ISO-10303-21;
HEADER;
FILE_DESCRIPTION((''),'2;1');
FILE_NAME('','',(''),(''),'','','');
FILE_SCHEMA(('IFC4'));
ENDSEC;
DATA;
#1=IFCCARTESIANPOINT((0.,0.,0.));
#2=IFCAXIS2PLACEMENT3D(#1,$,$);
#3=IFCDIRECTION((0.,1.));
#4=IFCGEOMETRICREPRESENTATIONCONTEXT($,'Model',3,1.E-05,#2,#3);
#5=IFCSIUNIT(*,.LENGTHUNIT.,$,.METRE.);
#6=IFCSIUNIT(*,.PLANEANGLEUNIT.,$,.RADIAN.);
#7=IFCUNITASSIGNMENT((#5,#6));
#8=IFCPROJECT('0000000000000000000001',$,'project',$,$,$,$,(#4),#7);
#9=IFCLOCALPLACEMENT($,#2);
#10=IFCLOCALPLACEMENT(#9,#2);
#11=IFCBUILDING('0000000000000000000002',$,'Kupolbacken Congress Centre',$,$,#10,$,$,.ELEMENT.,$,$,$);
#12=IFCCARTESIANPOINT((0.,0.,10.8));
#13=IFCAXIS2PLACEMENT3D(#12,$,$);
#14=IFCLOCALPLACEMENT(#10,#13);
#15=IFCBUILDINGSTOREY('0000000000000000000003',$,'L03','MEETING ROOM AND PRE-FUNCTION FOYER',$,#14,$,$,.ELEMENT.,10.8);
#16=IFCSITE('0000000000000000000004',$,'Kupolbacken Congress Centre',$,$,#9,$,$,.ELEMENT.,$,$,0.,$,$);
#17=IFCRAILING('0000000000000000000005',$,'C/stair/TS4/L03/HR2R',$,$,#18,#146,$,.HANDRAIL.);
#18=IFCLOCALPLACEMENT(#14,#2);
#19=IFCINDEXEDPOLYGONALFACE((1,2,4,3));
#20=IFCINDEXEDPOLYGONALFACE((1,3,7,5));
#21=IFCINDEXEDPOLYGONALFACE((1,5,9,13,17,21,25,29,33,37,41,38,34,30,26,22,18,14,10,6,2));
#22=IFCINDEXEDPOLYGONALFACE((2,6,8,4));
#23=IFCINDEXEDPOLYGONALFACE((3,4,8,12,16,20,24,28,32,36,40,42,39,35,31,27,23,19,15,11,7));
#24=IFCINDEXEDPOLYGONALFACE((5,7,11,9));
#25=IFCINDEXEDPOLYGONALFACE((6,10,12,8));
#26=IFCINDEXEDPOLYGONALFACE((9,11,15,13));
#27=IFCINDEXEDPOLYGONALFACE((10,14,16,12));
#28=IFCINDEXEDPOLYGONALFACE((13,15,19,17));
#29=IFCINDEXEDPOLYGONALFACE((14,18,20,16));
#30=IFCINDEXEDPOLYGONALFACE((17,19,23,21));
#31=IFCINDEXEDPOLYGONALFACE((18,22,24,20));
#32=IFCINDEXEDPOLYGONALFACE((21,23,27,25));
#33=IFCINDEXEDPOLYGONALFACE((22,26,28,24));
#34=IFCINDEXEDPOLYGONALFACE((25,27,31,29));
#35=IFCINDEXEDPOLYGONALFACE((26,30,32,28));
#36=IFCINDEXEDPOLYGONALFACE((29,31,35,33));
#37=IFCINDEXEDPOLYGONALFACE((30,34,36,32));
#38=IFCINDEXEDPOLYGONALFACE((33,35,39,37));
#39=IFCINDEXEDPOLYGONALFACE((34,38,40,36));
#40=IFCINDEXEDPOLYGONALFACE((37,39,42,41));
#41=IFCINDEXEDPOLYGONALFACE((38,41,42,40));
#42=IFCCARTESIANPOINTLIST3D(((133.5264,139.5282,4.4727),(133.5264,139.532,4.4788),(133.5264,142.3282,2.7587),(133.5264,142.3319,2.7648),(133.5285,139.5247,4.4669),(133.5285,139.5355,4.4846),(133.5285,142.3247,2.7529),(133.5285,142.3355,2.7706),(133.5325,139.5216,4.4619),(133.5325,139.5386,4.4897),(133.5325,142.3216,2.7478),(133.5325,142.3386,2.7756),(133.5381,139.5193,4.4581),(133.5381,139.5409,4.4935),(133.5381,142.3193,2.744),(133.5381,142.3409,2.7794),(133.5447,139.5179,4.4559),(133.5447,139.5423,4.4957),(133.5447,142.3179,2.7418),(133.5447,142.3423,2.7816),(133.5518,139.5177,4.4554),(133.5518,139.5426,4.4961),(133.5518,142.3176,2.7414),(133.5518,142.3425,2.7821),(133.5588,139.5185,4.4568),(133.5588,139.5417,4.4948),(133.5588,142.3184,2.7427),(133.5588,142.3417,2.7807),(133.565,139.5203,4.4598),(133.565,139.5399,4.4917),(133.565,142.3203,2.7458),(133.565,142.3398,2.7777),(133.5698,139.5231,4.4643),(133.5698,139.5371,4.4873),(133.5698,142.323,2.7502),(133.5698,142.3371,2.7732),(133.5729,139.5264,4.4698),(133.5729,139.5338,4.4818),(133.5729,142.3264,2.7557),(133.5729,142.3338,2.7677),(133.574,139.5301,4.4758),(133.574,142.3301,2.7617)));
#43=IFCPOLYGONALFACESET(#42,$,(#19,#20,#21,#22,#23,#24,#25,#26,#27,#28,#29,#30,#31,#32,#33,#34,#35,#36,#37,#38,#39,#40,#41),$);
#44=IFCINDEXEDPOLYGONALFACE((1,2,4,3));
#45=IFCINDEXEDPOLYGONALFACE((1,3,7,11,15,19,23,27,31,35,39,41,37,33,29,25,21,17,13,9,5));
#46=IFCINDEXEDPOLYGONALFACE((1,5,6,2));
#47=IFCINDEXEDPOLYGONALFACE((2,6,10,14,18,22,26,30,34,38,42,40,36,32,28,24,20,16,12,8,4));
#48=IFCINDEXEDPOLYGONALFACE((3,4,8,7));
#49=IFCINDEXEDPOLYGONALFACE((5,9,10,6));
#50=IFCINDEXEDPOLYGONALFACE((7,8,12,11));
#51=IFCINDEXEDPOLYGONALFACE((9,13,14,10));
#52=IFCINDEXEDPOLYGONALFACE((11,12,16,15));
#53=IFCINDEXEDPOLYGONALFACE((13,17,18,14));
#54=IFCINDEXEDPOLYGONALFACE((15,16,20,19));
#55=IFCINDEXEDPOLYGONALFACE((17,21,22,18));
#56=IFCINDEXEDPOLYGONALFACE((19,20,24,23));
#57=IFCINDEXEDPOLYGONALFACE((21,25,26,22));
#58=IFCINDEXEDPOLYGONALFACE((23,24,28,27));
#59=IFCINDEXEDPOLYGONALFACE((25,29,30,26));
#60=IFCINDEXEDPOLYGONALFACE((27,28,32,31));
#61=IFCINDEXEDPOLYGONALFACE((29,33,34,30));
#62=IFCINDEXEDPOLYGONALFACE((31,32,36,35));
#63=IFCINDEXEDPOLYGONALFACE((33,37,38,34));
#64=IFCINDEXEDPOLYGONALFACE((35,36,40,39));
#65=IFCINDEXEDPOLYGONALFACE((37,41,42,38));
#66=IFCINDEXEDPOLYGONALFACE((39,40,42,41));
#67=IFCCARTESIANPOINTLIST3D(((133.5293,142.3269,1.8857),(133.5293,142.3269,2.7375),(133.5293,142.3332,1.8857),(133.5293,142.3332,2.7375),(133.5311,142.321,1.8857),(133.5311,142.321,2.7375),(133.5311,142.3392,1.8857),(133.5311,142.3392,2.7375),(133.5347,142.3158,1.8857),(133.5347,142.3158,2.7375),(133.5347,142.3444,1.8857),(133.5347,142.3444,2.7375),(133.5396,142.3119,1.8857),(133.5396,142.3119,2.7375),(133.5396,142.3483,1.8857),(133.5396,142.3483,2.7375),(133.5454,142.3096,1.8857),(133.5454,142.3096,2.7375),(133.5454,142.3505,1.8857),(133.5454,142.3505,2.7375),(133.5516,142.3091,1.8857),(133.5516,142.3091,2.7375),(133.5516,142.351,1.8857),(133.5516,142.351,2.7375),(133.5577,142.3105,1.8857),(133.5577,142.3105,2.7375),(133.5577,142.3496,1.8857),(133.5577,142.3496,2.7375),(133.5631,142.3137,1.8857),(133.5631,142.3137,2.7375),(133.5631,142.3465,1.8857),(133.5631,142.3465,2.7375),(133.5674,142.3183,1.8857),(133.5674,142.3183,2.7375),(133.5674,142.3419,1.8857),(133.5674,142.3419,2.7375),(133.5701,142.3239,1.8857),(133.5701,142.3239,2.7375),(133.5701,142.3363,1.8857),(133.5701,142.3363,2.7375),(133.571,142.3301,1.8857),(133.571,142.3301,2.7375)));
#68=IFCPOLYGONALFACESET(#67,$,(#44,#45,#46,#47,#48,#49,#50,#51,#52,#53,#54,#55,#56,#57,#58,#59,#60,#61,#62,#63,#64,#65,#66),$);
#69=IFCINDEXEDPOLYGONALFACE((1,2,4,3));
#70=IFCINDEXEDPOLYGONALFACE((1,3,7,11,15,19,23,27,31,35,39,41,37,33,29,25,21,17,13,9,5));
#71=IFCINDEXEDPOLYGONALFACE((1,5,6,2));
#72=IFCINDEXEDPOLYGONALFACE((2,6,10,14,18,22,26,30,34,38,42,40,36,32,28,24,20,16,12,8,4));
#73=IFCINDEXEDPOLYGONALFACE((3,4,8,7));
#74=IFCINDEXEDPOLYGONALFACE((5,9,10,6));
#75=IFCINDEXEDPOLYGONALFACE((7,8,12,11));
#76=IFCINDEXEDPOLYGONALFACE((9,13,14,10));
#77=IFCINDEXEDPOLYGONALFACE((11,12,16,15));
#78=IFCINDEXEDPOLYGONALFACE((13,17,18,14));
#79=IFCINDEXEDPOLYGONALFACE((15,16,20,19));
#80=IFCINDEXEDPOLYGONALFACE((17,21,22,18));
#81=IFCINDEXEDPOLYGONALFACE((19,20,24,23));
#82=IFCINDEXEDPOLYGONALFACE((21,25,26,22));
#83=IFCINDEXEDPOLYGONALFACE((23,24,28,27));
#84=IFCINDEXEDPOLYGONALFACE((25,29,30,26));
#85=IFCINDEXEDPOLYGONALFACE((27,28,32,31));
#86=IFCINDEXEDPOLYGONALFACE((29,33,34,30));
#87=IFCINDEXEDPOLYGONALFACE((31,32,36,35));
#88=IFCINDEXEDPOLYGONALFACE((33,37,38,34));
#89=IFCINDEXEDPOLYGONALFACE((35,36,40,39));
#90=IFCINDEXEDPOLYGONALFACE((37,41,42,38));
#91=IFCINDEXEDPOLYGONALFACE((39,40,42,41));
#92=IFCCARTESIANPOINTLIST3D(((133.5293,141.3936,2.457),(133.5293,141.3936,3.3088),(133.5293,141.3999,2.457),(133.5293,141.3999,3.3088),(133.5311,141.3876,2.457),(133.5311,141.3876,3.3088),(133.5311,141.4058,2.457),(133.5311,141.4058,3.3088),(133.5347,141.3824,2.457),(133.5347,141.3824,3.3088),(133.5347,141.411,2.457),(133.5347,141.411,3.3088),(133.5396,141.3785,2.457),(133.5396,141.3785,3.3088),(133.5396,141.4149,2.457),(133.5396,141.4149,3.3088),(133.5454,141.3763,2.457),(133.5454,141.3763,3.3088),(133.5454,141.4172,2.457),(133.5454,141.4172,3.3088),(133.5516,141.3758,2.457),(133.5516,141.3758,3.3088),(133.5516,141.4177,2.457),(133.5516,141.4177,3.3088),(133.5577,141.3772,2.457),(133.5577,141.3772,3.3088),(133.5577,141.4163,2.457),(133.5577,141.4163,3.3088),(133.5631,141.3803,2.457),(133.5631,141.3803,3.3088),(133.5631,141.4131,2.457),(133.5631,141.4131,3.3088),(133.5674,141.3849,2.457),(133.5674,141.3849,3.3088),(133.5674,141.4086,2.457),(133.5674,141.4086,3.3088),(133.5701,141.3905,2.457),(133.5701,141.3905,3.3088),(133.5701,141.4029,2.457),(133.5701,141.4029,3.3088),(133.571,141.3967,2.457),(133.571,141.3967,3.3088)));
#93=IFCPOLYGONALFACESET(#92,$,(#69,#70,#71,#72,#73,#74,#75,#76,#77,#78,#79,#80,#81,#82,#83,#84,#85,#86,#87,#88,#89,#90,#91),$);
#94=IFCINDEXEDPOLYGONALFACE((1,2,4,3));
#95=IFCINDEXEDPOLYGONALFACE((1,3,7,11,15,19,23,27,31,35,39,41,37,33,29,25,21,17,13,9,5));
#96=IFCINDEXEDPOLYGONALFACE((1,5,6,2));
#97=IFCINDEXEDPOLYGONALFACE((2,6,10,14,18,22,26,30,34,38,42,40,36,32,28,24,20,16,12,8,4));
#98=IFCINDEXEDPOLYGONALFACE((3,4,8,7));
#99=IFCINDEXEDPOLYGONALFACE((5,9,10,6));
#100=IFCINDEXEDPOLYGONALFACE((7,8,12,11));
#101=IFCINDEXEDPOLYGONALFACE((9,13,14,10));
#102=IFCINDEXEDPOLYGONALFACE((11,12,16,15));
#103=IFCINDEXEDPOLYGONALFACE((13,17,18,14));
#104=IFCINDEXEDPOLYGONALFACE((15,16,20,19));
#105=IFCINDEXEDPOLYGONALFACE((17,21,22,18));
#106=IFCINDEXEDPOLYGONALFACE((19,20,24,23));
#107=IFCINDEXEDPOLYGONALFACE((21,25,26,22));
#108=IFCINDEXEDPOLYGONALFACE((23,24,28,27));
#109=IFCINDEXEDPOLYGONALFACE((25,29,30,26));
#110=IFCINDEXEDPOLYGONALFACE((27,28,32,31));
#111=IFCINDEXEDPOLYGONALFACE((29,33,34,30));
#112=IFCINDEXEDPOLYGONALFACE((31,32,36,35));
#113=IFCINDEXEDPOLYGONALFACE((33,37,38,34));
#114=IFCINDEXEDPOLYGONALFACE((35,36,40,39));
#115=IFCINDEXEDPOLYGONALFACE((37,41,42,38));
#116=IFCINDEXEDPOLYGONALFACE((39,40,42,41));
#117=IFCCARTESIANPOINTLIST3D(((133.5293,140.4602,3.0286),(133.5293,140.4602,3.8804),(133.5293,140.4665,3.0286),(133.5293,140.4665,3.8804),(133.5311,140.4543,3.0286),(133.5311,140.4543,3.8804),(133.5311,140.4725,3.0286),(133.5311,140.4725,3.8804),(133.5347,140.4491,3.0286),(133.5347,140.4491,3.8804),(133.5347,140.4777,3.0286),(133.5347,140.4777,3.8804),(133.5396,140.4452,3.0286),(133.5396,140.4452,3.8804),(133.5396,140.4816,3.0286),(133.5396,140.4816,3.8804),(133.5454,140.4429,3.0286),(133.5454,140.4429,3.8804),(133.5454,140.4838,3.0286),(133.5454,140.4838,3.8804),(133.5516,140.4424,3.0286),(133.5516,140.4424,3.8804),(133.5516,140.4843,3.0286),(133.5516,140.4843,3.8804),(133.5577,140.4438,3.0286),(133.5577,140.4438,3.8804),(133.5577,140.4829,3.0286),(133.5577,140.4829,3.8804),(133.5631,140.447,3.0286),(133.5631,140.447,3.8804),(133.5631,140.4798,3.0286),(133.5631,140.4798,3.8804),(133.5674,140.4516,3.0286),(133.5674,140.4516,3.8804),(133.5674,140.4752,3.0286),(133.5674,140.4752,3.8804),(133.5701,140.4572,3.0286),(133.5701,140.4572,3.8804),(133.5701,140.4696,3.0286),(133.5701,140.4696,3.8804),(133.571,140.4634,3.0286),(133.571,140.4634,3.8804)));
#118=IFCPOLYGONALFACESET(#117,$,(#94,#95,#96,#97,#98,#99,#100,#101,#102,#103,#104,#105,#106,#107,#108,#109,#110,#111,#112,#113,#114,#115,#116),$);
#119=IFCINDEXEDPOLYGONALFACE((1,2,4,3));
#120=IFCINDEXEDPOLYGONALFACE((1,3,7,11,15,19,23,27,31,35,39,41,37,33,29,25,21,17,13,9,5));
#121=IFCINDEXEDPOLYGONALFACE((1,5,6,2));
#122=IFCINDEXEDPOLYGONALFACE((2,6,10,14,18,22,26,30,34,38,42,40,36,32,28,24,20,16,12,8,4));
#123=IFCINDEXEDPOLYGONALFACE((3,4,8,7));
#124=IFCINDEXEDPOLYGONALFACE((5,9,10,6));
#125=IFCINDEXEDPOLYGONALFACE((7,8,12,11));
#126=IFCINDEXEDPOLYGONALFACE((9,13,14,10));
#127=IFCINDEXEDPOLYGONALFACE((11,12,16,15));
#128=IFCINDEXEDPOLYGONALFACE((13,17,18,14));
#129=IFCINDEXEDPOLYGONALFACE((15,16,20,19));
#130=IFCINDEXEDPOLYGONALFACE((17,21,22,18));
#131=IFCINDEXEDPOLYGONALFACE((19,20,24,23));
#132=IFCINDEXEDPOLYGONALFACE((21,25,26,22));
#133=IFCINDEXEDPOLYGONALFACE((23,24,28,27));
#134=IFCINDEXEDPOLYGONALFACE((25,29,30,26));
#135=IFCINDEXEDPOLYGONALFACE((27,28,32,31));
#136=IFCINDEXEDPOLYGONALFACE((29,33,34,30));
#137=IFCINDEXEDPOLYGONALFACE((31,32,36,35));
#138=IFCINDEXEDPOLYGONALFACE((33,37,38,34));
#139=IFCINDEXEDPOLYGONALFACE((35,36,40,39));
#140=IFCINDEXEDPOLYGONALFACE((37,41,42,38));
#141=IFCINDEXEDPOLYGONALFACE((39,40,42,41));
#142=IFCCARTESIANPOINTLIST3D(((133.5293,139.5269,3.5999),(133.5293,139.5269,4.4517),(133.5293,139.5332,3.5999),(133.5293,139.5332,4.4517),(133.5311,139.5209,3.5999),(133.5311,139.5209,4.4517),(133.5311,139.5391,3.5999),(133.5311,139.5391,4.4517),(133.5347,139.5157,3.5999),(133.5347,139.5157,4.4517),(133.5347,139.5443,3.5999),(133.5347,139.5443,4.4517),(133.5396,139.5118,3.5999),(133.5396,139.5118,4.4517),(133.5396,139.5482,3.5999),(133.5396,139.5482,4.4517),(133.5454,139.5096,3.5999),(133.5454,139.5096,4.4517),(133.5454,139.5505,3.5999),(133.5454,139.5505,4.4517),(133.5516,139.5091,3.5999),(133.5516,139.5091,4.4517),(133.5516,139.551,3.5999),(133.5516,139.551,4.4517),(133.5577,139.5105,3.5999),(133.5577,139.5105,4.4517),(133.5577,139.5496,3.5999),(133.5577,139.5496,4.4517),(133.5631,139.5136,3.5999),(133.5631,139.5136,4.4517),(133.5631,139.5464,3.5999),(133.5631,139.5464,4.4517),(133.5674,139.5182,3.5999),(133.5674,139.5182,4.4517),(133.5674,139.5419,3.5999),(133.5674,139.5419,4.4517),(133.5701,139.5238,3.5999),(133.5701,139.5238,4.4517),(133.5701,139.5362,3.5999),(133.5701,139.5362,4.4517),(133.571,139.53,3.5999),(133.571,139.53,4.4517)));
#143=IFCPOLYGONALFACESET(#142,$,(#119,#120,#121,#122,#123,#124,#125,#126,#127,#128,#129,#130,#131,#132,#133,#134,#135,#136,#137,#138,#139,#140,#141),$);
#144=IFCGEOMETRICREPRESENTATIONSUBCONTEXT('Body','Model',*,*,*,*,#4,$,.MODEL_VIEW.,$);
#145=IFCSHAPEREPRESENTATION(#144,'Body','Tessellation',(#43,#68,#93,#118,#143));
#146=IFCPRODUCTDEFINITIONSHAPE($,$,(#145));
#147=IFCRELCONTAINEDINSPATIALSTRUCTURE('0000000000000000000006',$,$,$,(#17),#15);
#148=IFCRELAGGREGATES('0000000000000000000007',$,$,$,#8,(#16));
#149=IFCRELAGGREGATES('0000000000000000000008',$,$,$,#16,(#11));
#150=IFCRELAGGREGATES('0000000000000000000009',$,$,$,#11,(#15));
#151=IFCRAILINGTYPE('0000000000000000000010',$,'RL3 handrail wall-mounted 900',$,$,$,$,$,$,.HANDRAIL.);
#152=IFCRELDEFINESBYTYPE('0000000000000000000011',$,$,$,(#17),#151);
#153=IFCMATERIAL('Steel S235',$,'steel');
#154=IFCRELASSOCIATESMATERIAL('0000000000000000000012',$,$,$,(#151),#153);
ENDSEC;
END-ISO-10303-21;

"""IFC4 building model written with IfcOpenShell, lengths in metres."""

from ifc_helpers import new_model, si_unit, direction, frame, origin, origin_2d, place, context, subcontext, project, spatial, circle, extrude, material, type_object, element, save


model = new_model("IFC4")

# Units and contexts
model_context = context("Model", 3, precision=1e-05, world=origin(), true_north=direction((0.0, 1.0)))
body_context = subcontext(model_context, "Body", "Model", "MODEL_VIEW")
ifc_project = project(units=[si_unit("LENGTHUNIT", "METRE"), si_unit("PLANEANGLEUNIT", "RADIAN")], contexts=[model_context])

# Site, building, storey
site_placement = place(None, origin())
site = spatial("IfcSite", under=ifc_project, at=site_placement, Name="Kupolbacken Congress Centre", CompositionType="ELEMENT", RefElevation=0.0)
building_placement = place(site_placement, origin())
building = spatial("IfcBuilding", under=site, at=building_placement, Name="Kupolbacken Congress Centre", CompositionType="ELEMENT")
storey_placement = place(building_placement, frame((0.0, 0.0, 10.8)))
storey = spatial("IfcBuildingStorey", under=building, at=storey_placement, Name="L03", Description="MEETING ROOM AND PRE-FUNCTION FOYER", CompositionType="ELEMENT", Elevation=10.8)

# Railing
ifc_material_1 = material(Name="Steel S235", Category="steel")
railing_type = type_object("IfcRailingType", Name="RL3 handrail wall-mounted 900", PredefinedType="HANDRAIL", material=ifc_material_1)
for number, where, name in (
    (1, (133.55, 142.3301, 1.8857), "C/stair/TS4/L03/HR2R"),
):
    element("IfcRailing", number, at=place(storey_placement, frame(where)), inside=storey, type_object=railing_type, Name=name, PredefinedType="HANDRAIL", context=body_context, shape_type="SweptSolid", body=[
        extrude(circle(Radius=0.0239, at=origin_2d()), frame((0.0, 0.0, 0.876), z_axis=(0.0, -0.852879, 0.522109), x_axis=(1.0, 0.0, 0.0)), (0.0, 0.0, 1.0), 3.283),
        extrude(circle(Radius=0.021, at=origin_2d()), origin(), (0.0, 0.0, 1.0), 0.8518),
        extrude(circle(Radius=0.021, at=origin_2d()), frame((0.0, -0.9333, 0.5713)), (0.0, 0.0, 1.0), 0.8518),
        extrude(circle(Radius=0.021, at=origin_2d()), frame((0.0, -1.8667, 1.1428)), (0.0, 0.0, 1.0), 0.8518),
        extrude(circle(Radius=0.021, at=origin_2d()), frame((0.0, -2.8, 1.7141)), (0.0, 0.0, 1.0), 0.8518),
    ])

save(model, "model.ifc")
